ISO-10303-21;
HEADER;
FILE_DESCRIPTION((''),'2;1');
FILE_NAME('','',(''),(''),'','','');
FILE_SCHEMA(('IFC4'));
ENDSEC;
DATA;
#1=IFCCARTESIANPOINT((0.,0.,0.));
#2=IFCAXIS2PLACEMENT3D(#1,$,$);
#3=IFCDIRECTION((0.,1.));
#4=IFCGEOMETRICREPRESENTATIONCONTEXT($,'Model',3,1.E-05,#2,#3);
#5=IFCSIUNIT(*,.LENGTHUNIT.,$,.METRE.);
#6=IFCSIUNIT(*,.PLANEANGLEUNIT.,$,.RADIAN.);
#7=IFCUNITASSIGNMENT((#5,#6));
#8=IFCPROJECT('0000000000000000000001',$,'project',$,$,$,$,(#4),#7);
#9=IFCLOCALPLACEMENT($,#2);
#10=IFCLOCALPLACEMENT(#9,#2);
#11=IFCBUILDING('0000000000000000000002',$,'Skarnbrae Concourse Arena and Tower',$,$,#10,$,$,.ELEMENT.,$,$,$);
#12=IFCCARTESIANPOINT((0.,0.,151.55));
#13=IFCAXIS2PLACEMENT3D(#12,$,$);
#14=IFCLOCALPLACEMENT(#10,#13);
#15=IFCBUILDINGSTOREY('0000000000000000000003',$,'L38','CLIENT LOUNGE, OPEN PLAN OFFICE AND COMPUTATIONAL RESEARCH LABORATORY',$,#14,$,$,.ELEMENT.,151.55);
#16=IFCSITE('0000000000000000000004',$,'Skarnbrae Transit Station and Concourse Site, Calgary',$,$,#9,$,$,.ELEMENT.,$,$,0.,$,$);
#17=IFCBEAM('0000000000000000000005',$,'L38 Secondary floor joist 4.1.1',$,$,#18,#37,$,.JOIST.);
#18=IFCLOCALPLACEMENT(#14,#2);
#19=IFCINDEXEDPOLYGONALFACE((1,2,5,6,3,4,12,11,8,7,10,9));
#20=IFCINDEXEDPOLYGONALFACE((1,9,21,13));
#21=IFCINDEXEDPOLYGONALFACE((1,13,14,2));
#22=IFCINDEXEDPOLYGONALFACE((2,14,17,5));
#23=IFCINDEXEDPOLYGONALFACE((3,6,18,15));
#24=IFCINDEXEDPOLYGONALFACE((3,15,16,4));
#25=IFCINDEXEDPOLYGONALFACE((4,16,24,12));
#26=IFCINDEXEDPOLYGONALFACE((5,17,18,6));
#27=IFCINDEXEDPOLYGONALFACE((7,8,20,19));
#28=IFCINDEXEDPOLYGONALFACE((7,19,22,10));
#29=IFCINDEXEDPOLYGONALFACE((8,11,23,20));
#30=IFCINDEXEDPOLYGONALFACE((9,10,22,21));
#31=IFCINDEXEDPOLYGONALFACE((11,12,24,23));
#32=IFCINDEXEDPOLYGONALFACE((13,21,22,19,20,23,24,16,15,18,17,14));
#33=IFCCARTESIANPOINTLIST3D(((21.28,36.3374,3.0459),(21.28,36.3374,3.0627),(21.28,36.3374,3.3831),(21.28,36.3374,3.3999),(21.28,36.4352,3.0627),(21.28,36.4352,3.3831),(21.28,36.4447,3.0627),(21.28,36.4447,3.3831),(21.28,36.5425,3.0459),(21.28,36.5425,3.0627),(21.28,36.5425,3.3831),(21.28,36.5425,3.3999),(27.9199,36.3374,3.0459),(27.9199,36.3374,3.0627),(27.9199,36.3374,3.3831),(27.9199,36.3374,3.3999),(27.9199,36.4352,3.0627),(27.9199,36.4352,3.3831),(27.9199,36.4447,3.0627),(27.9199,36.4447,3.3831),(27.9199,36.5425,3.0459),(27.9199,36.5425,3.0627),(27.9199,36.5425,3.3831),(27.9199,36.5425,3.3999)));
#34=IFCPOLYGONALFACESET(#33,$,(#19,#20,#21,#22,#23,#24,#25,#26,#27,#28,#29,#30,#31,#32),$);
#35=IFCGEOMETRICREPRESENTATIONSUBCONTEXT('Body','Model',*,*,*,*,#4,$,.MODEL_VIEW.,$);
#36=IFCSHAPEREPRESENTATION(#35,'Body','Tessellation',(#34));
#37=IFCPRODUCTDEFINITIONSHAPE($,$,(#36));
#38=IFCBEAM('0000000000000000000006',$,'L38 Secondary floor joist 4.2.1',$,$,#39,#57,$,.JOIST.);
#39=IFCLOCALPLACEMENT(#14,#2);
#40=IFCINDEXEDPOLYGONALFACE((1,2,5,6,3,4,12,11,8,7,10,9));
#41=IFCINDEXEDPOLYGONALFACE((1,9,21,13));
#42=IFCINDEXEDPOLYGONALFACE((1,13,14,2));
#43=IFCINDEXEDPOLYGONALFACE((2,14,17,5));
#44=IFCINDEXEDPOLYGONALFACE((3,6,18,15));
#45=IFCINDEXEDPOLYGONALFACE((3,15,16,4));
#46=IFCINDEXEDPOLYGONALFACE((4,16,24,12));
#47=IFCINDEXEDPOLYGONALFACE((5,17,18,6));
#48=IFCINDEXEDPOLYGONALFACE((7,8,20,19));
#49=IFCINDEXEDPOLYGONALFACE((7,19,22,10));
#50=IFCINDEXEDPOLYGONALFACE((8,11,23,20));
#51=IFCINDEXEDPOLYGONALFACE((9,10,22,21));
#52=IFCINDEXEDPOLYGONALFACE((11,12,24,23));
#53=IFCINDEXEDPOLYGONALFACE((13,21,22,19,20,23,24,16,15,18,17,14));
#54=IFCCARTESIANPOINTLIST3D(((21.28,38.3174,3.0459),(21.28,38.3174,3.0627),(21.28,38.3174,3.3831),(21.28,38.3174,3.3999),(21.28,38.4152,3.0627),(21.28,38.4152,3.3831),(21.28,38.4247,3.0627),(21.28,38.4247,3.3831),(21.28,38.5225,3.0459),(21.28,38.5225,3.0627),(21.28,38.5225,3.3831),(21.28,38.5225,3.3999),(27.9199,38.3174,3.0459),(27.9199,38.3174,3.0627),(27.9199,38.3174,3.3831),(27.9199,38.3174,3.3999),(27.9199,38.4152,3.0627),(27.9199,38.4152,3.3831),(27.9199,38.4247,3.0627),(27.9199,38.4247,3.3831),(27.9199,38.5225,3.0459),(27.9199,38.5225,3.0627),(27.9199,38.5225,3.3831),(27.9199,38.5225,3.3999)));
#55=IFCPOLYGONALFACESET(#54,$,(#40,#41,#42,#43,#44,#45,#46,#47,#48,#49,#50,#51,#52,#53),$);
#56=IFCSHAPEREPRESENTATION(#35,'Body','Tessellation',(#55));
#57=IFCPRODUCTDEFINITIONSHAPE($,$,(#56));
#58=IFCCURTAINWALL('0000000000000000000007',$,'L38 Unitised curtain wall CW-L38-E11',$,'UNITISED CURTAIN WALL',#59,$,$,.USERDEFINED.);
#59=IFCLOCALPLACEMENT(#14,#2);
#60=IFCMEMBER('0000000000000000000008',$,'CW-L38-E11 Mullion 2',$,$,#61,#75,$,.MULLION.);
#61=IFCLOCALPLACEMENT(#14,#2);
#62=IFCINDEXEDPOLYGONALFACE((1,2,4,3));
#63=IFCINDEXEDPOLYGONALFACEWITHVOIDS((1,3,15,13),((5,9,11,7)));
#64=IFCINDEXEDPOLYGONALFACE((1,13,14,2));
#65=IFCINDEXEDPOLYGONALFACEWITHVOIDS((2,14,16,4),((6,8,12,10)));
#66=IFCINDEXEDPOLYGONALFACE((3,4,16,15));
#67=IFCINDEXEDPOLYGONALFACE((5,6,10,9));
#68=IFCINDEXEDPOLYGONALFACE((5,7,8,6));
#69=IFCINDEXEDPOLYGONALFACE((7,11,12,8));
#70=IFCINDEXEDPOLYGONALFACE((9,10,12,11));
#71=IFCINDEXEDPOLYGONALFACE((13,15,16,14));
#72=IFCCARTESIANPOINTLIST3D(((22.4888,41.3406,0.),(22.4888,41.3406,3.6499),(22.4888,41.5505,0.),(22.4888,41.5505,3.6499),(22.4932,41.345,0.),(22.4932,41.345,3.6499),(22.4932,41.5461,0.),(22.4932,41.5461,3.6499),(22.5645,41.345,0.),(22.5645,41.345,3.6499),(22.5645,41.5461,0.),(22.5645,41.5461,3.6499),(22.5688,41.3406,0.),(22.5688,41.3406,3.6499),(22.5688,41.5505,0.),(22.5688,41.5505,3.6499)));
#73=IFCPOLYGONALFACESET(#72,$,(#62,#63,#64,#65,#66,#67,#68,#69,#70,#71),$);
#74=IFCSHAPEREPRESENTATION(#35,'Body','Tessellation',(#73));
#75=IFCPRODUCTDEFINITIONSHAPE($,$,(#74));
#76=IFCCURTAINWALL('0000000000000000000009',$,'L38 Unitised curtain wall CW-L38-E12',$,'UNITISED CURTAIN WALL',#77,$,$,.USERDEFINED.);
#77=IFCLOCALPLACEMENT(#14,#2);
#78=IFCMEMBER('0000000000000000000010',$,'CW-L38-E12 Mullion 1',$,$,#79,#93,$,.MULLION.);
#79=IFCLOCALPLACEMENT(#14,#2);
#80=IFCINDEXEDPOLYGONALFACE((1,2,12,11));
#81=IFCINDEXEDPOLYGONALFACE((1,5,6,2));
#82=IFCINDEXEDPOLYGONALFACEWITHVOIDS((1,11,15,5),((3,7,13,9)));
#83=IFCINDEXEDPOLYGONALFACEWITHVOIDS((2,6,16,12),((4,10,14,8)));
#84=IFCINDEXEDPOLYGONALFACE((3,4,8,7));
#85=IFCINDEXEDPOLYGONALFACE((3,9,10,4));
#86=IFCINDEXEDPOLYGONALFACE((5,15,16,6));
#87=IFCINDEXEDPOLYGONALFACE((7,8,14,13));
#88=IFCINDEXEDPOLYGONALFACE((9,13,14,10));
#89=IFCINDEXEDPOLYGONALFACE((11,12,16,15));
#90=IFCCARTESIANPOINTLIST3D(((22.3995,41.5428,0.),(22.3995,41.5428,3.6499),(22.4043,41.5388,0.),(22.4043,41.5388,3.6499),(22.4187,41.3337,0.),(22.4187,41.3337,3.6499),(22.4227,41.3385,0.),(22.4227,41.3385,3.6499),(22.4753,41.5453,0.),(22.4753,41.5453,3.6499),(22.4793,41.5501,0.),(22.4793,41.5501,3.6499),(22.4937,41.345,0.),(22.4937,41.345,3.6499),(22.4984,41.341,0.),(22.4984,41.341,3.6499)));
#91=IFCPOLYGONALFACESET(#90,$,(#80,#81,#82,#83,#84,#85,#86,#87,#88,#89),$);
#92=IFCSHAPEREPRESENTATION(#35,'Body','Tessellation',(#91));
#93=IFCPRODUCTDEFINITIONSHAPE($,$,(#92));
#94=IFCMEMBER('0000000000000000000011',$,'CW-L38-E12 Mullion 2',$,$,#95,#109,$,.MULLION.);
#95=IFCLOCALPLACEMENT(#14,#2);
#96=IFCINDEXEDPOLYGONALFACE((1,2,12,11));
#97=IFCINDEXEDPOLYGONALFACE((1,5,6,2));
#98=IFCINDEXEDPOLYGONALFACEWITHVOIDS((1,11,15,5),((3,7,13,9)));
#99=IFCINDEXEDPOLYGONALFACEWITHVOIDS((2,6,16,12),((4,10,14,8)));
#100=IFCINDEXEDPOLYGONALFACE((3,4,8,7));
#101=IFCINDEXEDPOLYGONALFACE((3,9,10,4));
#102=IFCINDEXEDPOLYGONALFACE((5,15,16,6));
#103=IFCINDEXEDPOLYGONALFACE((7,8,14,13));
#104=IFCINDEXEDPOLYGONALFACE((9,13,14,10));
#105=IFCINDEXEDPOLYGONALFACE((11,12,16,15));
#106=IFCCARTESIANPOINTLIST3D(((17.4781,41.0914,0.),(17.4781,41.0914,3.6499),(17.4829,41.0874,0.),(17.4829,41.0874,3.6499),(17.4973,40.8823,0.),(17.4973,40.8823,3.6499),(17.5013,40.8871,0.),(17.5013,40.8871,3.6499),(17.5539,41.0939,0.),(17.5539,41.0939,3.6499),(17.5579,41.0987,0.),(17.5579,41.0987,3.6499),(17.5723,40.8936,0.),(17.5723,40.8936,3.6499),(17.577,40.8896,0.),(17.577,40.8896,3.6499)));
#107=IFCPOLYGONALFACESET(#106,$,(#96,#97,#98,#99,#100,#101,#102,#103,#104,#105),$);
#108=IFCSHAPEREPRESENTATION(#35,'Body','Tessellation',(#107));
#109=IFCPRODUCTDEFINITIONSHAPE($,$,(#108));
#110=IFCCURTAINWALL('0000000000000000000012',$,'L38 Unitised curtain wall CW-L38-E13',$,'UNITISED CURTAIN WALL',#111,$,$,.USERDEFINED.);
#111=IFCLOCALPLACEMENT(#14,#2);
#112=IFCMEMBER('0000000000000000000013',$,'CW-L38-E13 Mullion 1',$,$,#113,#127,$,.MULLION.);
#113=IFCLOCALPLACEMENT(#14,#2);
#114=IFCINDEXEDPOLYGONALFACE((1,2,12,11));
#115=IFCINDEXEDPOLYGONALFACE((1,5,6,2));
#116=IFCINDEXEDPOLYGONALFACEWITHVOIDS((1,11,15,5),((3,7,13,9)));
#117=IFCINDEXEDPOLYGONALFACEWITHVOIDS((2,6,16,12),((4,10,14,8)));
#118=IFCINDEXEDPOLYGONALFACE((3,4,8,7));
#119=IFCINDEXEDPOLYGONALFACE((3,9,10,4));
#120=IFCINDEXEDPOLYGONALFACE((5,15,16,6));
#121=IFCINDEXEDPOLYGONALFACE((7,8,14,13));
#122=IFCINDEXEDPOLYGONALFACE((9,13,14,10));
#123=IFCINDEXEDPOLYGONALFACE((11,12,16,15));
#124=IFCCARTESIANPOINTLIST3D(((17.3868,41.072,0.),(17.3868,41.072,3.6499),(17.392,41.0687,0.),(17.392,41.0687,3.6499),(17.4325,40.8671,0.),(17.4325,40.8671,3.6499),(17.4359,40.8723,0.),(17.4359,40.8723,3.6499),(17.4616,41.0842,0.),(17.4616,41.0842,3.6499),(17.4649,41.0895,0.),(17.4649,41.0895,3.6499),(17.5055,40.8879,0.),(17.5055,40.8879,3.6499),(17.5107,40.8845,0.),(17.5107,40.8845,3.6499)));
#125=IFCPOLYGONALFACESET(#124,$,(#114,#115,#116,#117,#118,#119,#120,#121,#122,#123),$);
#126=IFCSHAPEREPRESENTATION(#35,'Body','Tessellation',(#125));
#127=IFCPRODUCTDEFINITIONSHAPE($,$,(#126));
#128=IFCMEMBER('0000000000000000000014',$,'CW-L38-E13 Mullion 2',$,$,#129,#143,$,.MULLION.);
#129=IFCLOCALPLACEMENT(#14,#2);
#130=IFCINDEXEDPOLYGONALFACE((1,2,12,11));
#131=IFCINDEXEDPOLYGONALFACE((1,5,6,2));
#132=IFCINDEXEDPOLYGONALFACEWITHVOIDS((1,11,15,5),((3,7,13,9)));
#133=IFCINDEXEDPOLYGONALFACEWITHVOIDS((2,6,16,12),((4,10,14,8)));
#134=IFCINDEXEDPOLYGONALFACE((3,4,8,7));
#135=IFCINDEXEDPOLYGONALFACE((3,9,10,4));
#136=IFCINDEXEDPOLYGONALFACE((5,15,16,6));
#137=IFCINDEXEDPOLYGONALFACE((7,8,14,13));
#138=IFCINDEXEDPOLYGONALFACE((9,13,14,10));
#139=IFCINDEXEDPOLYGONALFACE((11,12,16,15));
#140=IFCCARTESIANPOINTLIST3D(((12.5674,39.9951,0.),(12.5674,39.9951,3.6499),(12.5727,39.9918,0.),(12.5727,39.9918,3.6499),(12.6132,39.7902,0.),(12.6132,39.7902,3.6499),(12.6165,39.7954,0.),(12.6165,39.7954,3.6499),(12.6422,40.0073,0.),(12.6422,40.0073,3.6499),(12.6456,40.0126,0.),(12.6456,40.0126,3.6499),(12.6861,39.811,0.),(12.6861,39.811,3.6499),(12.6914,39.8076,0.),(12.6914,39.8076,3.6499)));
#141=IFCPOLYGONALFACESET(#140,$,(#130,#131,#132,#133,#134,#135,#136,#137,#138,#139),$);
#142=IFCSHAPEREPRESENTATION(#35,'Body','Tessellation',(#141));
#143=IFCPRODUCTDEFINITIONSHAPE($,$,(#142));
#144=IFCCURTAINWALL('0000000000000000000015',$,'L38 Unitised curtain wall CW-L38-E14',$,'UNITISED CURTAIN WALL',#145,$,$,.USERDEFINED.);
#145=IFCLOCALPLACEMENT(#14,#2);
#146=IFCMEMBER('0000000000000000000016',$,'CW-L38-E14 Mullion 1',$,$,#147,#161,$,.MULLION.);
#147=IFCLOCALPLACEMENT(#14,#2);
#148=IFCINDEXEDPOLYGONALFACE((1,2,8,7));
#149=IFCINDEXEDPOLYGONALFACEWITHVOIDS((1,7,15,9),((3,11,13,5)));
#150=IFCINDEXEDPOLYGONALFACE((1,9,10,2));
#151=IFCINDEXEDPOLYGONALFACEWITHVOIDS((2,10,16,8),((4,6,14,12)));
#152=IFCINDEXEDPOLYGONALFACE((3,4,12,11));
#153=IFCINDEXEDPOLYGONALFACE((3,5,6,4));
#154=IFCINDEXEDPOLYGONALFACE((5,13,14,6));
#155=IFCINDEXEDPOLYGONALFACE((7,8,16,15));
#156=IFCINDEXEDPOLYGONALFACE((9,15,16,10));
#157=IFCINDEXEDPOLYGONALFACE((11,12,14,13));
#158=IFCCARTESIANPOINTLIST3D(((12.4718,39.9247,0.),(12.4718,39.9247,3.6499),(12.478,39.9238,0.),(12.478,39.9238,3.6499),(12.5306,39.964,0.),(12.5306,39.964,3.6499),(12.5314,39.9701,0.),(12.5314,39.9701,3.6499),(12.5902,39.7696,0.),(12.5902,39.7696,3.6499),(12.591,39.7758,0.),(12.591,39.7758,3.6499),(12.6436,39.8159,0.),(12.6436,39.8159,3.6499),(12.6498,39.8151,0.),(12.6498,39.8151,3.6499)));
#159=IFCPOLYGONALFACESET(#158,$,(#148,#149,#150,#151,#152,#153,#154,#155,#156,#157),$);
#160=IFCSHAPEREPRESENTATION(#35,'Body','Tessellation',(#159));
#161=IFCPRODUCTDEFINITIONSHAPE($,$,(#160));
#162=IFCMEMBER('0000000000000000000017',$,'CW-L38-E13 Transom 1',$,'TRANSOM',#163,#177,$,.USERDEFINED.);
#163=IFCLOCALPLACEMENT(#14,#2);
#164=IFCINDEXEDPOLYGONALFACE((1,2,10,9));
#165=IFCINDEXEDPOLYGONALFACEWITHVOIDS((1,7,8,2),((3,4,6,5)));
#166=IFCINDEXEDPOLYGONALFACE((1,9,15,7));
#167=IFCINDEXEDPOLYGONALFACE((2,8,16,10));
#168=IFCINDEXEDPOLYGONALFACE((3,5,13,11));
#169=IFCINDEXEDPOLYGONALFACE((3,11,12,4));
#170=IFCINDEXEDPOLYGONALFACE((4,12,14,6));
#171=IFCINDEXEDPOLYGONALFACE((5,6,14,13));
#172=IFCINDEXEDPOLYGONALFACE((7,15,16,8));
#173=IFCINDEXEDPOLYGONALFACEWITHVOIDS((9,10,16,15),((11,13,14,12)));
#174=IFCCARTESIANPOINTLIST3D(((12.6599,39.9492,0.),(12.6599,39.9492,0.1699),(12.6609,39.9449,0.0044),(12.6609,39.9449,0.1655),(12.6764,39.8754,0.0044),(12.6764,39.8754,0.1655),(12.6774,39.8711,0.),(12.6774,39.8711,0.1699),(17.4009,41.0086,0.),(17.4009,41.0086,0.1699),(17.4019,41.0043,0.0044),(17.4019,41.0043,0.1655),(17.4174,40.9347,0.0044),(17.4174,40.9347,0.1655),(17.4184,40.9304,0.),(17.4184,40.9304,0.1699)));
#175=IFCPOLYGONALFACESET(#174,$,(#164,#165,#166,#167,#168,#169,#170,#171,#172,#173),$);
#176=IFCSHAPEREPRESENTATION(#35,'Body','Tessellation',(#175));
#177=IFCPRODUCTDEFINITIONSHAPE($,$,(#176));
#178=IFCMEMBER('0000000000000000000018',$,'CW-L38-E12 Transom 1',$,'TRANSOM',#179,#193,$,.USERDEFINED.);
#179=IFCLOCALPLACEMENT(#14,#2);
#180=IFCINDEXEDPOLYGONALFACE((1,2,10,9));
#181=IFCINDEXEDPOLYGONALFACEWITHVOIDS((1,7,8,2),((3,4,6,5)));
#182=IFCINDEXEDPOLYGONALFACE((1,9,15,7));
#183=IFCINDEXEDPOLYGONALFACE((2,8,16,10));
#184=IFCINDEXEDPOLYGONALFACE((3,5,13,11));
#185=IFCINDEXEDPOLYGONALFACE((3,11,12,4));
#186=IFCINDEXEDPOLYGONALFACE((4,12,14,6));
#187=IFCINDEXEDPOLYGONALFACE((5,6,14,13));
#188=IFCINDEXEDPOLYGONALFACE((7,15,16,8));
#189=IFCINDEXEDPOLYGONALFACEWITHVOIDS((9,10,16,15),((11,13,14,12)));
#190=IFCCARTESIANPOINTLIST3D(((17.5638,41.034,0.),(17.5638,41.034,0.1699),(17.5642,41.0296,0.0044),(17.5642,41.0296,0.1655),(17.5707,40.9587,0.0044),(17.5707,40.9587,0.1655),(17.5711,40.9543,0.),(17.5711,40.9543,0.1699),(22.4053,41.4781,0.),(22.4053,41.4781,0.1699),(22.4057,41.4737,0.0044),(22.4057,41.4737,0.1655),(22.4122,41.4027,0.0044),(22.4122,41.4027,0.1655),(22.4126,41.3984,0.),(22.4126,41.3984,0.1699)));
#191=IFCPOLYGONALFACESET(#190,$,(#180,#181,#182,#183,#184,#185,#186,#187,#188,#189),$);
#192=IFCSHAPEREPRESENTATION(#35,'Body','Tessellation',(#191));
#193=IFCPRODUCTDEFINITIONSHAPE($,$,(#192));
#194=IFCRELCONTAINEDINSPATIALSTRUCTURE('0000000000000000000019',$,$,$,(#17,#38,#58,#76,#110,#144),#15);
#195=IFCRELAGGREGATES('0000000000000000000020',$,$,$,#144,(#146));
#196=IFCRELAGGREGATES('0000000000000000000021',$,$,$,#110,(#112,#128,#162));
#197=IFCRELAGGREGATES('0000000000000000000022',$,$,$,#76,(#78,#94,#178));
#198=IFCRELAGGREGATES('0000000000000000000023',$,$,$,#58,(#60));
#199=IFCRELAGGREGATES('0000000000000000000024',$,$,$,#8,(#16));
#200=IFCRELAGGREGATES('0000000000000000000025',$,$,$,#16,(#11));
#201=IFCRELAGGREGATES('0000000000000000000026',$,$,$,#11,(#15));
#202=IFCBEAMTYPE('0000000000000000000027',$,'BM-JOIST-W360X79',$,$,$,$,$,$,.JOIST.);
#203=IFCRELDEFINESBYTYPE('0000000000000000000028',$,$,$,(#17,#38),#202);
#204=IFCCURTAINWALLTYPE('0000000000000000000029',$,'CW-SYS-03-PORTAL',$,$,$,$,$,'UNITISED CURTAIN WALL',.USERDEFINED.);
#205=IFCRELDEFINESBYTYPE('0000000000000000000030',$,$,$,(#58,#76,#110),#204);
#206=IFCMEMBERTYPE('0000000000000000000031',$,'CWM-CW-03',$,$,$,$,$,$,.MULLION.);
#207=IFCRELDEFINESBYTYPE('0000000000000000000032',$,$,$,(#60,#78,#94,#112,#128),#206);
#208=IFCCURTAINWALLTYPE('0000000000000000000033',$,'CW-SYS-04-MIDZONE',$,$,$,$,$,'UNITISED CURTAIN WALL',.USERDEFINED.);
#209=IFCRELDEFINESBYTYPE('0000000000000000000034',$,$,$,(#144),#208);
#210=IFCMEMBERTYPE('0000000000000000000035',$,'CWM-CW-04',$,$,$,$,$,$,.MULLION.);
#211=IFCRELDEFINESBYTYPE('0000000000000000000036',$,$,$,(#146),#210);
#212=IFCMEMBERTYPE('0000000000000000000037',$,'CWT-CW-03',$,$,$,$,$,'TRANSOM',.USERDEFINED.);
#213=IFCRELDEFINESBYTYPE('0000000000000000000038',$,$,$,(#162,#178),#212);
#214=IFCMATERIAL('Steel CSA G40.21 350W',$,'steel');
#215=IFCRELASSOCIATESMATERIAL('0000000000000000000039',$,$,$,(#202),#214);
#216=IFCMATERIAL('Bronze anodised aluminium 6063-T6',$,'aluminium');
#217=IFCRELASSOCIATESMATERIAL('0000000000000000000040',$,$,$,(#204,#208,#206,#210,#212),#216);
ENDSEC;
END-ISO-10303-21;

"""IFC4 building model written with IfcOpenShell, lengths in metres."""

from ifc_helpers import new_model, si_unit, direction, frame, origin, origin_2d, place, context, subcontext, project, spatial, hollow_rectangle, i_section, extrude, source, transform, mapped, material, material_profile, profile_set, type_object, element, aggregate, save


model = new_model("IFC4")

# Units and contexts
model_context = context("Model", 3, precision=1e-05, world=origin(), true_north=direction((0.0, 1.0)))
body_context = subcontext(model_context, "Body", "Model", "MODEL_VIEW")
ifc_project = project(units=[si_unit("LENGTHUNIT", "METRE"), si_unit("PLANEANGLEUNIT", "RADIAN")], contexts=[model_context])

# Site, building, storey
site_placement = place(None, origin())
site = spatial("IfcSite", under=ifc_project, at=site_placement, Name="Skarnbrae Transit Station and Concourse Site, Calgary", CompositionType="ELEMENT", RefElevation=0.0)
building_placement = place(site_placement, origin())
building = spatial("IfcBuilding", under=site, at=building_placement, Name="Skarnbrae Concourse Arena and Tower", CompositionType="ELEMENT")
storey_placement = place(building_placement, frame((0.0, 0.0, 151.55)))
storey = spatial("IfcBuildingStorey", under=building, at=storey_placement, Name="L38", Description="CLIENT LOUNGE, OPEN PLAN OFFICE AND COMPUTATIONAL RESEARCH LABORATORY", CompositionType="ELEMENT", Elevation=151.55)

# Shared definitions
ifc_material_1 = material(Name="Steel CSA G40.21 350W", Category="steel")

# Beams
ifc_material_profile_1 = material_profile(ifc_material_1, i_section(OverallWidth=0.2051, OverallDepth=0.354, WebThickness=0.0095, FlangeThickness=0.0168, at=origin_2d()), Name="W360X79")
ifc_profile_set_1 = profile_set([ifc_material_profile_1], Name="Steel CSA G40.21 350W")
beam_type_1 = type_object("IfcBeamType", Name="BM-JOIST-W360X79", PredefinedType="JOIST", material=ifc_profile_set_1)
shared_shape_1 = source(origin(), body_context, "Body", "SweptSolid", [
    extrude(i_section(OverallWidth=0.2051, OverallDepth=0.354, WebThickness=0.0095, FlangeThickness=0.0168, at=origin_2d()), origin(), (0.0, 0.0, 1.0), 6.6399),
])
for number, where, z_axis, x_axis, name in (
    (1, (21.28, 36.4399, 3.2229), (1.0, 0.0, 0.0), (0.0, 1.0, 0.0), "L38 Secondary floor joist 4.1.1"),
    (2, (21.28, 38.4199, 3.2229), (1.0, 0.0, 0.0), (0.0, 1.0, 0.0), "L38 Secondary floor joist 4.2.1"),
):
    element("IfcBeam", number, at=place(storey_placement, frame(where, z_axis=z_axis, x_axis=x_axis)), inside=storey, type_object=beam_type_1, Name=name, PredefinedType="JOIST", context=body_context, shape_type="MappedRepresentation", body=[
        mapped(shared_shape_1, transform((0.0, 0.0, 0.0))),
    ])

# Curtain wall, member
ifc_material_2 = material(Name="Bronze anodised aluminium 6063-T6", Category="aluminium")
curtain_wall_type_1 = type_object("IfcCurtainWallType", Name="CW-SYS-03-PORTAL", ElementType="UNITISED CURTAIN WALL", PredefinedType="USERDEFINED", material=ifc_material_2)
curtain_wall_1_placement = place(storey_placement, origin())
curtain_wall_1 = element("IfcCurtainWall", 3, at=curtain_wall_1_placement, inside=storey, type_object=curtain_wall_type_1, Name="L38 Unitised curtain wall CW-L38-E11", ObjectType="UNITISED CURTAIN WALL", PredefinedType="USERDEFINED")
ifc_material_profile_2 = material_profile(ifc_material_2, hollow_rectangle(XDim=0.0801, YDim=0.21, WallThickness=0.0044, at=origin_2d()), Name="ALU-MULL-80X210")
ifc_profile_set_2 = profile_set([ifc_material_profile_2], Name="Bronze anodised aluminium 6063-T6")
member_type_1 = type_object("IfcMemberType", Name="CWM-CW-03", PredefinedType="MULLION", material=ifc_profile_set_2)
shared_shape_2 = source(origin(), body_context, "Body", "SweptSolid", [
    extrude(hollow_rectangle(XDim=0.0801, YDim=0.21, WallThickness=0.0044, at=origin_2d()), origin(), (0.0, 0.0, 1.0), 3.6499),
])
member_1_placement = place(storey_placement, frame((22.5288, 41.4456, 0.0), z_axis=(0.0, 0.0, 1.0), x_axis=(-1.0, 0.0, 0.0)))
member_1 = element("IfcMember", 4, at=member_1_placement, type_object=member_type_1, Name="CW-L38-E11 Mullion 2", PredefinedType="MULLION", context=body_context, shape_type="MappedRepresentation", body=[
    mapped(shared_shape_2, transform((0.0, 0.0, 0.0))),
])

# Curtain walls, members
curtain_wall_2_placement = place(storey_placement, origin())
curtain_wall_2 = element("IfcCurtainWall", 5, at=curtain_wall_2_placement, inside=storey, type_object=curtain_wall_type_1, Name="L38 Unitised curtain wall CW-L38-E12", ObjectType="UNITISED CURTAIN WALL", PredefinedType="USERDEFINED")
member_2_placement = place(storey_placement, frame((22.449, 41.4419, 0.0), z_axis=(0.0, 0.0, 1.0), x_axis=(-0.99582, -0.091338, 0.0)))
member_2 = element("IfcMember", 6, at=member_2_placement, type_object=member_type_1, Name="CW-L38-E12 Mullion 1", PredefinedType="MULLION", context=body_context, shape_type="MappedRepresentation", body=[
    mapped(shared_shape_2, transform((0.0, 0.0, 0.0))),
])
member_3_placement = place(storey_placement, frame((17.5276, 40.9905, 0.0), z_axis=(0.0, 0.0, 1.0), x_axis=(-0.99582, -0.091338, 0.0)))
member_3 = element("IfcMember", 7, at=member_3_placement, type_object=member_type_1, Name="CW-L38-E12 Mullion 2", PredefinedType="MULLION", context=body_context, shape_type="MappedRepresentation", body=[
    mapped(shared_shape_2, transform((0.0, 0.0, 0.0))),
])
curtain_wall_3_placement = place(storey_placement, origin())
curtain_wall_3 = element("IfcCurtainWall", 8, at=curtain_wall_3_placement, inside=storey, type_object=curtain_wall_type_1, Name="L38 Unitised curtain wall CW-L38-E13", ObjectType="UNITISED CURTAIN WALL", PredefinedType="USERDEFINED")
member_4_placement = place(storey_placement, frame((17.4487, 40.9783, 0.0), z_axis=(0.0, 0.0, 1.0), x_axis=(-0.975936, -0.218056, 0.0)))
member_4 = element("IfcMember", 9, at=member_4_placement, type_object=member_type_1, Name="CW-L38-E13 Mullion 1", PredefinedType="MULLION", context=body_context, shape_type="MappedRepresentation", body=[
    mapped(shared_shape_2, transform((0.0, 0.0, 0.0))),
])
member_5_placement = place(storey_placement, frame((12.6294, 39.9014, 0.0), z_axis=(0.0, 0.0, 1.0), x_axis=(-0.975936, -0.218056, 0.0)))
member_5 = element("IfcMember", 10, at=member_5_placement, type_object=member_type_1, Name="CW-L38-E13 Mullion 2", PredefinedType="MULLION", context=body_context, shape_type="MappedRepresentation", body=[
    mapped(shared_shape_2, transform((0.0, 0.0, 0.0))),
])

# Curtain wall, member
curtain_wall_type_2 = type_object("IfcCurtainWallType", Name="CW-SYS-04-MIDZONE", ElementType="UNITISED CURTAIN WALL", PredefinedType="USERDEFINED", material=ifc_material_2)
curtain_wall_4_placement = place(storey_placement, origin())
curtain_wall_4 = element("IfcCurtainWall", 11, at=curtain_wall_4_placement, inside=storey, type_object=curtain_wall_type_2, Name="L38 Unitised curtain wall CW-L38-E14", ObjectType="UNITISED CURTAIN WALL", PredefinedType="USERDEFINED")
ifc_material_profile_3 = material_profile(ifc_material_2, hollow_rectangle(XDim=0.075, YDim=0.1951, WallThickness=0.0044, at=origin_2d()), Name="ALU-MULL-75X195")
ifc_profile_set_3 = profile_set([ifc_material_profile_3], Name="Bronze anodised aluminium 6063-T6")
member_type_2 = type_object("IfcMemberType", Name="CWM-CW-04", PredefinedType="MULLION", material=ifc_profile_set_3)
shared_shape_3 = source(origin(), body_context, "Body", "SweptSolid", [
    extrude(hollow_rectangle(XDim=0.075, YDim=0.1951, WallThickness=0.0044, at=origin_2d()), origin(), (0.0, 0.0, 1.0), 3.6499),
])
member_6_placement = place(storey_placement, frame((12.5608, 39.8699, 0.0), z_axis=(0.0, 0.0, 1.0), x_axis=(-0.794956, -0.606667, 0.0)))
member_6 = element("IfcMember", 12, at=member_6_placement, type_object=member_type_2, Name="CW-L38-E14 Mullion 1", PredefinedType="MULLION", context=body_context, shape_type="MappedRepresentation", body=[
    mapped(shared_shape_3, transform((0.0, 0.0, 0.0))),
])
aggregate(curtain_wall_4, [member_6])

# Members
ifc_material_profile_4 = material_profile(ifc_material_2, hollow_rectangle(XDim=0.0801, YDim=0.1699, WallThickness=0.0044, at=origin_2d()), Name="ALU-TRAN-80X170")
ifc_profile_set_4 = profile_set([ifc_material_profile_4], Name="Bronze anodised aluminium 6063-T6")
member_type_3 = type_object("IfcMemberType", Name="CWT-CW-03", ElementType="TRANSOM", PredefinedType="USERDEFINED", material=ifc_profile_set_4)
shared_shape_4 = source(origin(), body_context, "Body", "SweptSolid", [
    extrude(hollow_rectangle(XDim=0.0801, YDim=0.1699, WallThickness=0.0044, at=origin_2d()), origin(), (0.0, 0.0, 1.0), 4.8579),
])
member_7_placement = place(storey_placement, frame((17.4097, 40.9695, 0.085), z_axis=(-0.975935, -0.218064, 0.0), x_axis=(0.218064, -0.975935, 0.0)))
member_7 = element("IfcMember", 13, at=member_7_placement, type_object=member_type_3, Name="CW-L38-E13 Transom 1", ObjectType="TRANSOM", PredefinedType="USERDEFINED", context=body_context, shape_type="MappedRepresentation", body=[
    mapped(shared_shape_4, transform((0.0, 0.0, 0.0))),
])
shared_shape_5 = source(origin(), body_context, "Body", "SweptSolid", [
    extrude(hollow_rectangle(XDim=0.0801, YDim=0.1699, WallThickness=0.0044, at=origin_2d()), origin(), (0.0, 0.0, 1.0), 4.8618),
])
member_8_placement = place(storey_placement, frame((22.4089, 41.4382, 0.085), z_axis=(-0.99582, -0.091342, 0.0), x_axis=(0.091342, -0.99582, 0.0)))
member_8 = element("IfcMember", 14, at=member_8_placement, type_object=member_type_3, Name="CW-L38-E12 Transom 1", ObjectType="TRANSOM", PredefinedType="USERDEFINED", context=body_context, shape_type="MappedRepresentation", body=[
    mapped(shared_shape_5, transform((0.0, 0.0, 0.0))),
])

aggregate(curtain_wall_3, [member_4, member_5, member_7])
aggregate(curtain_wall_2, [member_2, member_3, member_8])
aggregate(curtain_wall_1, [member_1])

save(model, "model.ifc")
